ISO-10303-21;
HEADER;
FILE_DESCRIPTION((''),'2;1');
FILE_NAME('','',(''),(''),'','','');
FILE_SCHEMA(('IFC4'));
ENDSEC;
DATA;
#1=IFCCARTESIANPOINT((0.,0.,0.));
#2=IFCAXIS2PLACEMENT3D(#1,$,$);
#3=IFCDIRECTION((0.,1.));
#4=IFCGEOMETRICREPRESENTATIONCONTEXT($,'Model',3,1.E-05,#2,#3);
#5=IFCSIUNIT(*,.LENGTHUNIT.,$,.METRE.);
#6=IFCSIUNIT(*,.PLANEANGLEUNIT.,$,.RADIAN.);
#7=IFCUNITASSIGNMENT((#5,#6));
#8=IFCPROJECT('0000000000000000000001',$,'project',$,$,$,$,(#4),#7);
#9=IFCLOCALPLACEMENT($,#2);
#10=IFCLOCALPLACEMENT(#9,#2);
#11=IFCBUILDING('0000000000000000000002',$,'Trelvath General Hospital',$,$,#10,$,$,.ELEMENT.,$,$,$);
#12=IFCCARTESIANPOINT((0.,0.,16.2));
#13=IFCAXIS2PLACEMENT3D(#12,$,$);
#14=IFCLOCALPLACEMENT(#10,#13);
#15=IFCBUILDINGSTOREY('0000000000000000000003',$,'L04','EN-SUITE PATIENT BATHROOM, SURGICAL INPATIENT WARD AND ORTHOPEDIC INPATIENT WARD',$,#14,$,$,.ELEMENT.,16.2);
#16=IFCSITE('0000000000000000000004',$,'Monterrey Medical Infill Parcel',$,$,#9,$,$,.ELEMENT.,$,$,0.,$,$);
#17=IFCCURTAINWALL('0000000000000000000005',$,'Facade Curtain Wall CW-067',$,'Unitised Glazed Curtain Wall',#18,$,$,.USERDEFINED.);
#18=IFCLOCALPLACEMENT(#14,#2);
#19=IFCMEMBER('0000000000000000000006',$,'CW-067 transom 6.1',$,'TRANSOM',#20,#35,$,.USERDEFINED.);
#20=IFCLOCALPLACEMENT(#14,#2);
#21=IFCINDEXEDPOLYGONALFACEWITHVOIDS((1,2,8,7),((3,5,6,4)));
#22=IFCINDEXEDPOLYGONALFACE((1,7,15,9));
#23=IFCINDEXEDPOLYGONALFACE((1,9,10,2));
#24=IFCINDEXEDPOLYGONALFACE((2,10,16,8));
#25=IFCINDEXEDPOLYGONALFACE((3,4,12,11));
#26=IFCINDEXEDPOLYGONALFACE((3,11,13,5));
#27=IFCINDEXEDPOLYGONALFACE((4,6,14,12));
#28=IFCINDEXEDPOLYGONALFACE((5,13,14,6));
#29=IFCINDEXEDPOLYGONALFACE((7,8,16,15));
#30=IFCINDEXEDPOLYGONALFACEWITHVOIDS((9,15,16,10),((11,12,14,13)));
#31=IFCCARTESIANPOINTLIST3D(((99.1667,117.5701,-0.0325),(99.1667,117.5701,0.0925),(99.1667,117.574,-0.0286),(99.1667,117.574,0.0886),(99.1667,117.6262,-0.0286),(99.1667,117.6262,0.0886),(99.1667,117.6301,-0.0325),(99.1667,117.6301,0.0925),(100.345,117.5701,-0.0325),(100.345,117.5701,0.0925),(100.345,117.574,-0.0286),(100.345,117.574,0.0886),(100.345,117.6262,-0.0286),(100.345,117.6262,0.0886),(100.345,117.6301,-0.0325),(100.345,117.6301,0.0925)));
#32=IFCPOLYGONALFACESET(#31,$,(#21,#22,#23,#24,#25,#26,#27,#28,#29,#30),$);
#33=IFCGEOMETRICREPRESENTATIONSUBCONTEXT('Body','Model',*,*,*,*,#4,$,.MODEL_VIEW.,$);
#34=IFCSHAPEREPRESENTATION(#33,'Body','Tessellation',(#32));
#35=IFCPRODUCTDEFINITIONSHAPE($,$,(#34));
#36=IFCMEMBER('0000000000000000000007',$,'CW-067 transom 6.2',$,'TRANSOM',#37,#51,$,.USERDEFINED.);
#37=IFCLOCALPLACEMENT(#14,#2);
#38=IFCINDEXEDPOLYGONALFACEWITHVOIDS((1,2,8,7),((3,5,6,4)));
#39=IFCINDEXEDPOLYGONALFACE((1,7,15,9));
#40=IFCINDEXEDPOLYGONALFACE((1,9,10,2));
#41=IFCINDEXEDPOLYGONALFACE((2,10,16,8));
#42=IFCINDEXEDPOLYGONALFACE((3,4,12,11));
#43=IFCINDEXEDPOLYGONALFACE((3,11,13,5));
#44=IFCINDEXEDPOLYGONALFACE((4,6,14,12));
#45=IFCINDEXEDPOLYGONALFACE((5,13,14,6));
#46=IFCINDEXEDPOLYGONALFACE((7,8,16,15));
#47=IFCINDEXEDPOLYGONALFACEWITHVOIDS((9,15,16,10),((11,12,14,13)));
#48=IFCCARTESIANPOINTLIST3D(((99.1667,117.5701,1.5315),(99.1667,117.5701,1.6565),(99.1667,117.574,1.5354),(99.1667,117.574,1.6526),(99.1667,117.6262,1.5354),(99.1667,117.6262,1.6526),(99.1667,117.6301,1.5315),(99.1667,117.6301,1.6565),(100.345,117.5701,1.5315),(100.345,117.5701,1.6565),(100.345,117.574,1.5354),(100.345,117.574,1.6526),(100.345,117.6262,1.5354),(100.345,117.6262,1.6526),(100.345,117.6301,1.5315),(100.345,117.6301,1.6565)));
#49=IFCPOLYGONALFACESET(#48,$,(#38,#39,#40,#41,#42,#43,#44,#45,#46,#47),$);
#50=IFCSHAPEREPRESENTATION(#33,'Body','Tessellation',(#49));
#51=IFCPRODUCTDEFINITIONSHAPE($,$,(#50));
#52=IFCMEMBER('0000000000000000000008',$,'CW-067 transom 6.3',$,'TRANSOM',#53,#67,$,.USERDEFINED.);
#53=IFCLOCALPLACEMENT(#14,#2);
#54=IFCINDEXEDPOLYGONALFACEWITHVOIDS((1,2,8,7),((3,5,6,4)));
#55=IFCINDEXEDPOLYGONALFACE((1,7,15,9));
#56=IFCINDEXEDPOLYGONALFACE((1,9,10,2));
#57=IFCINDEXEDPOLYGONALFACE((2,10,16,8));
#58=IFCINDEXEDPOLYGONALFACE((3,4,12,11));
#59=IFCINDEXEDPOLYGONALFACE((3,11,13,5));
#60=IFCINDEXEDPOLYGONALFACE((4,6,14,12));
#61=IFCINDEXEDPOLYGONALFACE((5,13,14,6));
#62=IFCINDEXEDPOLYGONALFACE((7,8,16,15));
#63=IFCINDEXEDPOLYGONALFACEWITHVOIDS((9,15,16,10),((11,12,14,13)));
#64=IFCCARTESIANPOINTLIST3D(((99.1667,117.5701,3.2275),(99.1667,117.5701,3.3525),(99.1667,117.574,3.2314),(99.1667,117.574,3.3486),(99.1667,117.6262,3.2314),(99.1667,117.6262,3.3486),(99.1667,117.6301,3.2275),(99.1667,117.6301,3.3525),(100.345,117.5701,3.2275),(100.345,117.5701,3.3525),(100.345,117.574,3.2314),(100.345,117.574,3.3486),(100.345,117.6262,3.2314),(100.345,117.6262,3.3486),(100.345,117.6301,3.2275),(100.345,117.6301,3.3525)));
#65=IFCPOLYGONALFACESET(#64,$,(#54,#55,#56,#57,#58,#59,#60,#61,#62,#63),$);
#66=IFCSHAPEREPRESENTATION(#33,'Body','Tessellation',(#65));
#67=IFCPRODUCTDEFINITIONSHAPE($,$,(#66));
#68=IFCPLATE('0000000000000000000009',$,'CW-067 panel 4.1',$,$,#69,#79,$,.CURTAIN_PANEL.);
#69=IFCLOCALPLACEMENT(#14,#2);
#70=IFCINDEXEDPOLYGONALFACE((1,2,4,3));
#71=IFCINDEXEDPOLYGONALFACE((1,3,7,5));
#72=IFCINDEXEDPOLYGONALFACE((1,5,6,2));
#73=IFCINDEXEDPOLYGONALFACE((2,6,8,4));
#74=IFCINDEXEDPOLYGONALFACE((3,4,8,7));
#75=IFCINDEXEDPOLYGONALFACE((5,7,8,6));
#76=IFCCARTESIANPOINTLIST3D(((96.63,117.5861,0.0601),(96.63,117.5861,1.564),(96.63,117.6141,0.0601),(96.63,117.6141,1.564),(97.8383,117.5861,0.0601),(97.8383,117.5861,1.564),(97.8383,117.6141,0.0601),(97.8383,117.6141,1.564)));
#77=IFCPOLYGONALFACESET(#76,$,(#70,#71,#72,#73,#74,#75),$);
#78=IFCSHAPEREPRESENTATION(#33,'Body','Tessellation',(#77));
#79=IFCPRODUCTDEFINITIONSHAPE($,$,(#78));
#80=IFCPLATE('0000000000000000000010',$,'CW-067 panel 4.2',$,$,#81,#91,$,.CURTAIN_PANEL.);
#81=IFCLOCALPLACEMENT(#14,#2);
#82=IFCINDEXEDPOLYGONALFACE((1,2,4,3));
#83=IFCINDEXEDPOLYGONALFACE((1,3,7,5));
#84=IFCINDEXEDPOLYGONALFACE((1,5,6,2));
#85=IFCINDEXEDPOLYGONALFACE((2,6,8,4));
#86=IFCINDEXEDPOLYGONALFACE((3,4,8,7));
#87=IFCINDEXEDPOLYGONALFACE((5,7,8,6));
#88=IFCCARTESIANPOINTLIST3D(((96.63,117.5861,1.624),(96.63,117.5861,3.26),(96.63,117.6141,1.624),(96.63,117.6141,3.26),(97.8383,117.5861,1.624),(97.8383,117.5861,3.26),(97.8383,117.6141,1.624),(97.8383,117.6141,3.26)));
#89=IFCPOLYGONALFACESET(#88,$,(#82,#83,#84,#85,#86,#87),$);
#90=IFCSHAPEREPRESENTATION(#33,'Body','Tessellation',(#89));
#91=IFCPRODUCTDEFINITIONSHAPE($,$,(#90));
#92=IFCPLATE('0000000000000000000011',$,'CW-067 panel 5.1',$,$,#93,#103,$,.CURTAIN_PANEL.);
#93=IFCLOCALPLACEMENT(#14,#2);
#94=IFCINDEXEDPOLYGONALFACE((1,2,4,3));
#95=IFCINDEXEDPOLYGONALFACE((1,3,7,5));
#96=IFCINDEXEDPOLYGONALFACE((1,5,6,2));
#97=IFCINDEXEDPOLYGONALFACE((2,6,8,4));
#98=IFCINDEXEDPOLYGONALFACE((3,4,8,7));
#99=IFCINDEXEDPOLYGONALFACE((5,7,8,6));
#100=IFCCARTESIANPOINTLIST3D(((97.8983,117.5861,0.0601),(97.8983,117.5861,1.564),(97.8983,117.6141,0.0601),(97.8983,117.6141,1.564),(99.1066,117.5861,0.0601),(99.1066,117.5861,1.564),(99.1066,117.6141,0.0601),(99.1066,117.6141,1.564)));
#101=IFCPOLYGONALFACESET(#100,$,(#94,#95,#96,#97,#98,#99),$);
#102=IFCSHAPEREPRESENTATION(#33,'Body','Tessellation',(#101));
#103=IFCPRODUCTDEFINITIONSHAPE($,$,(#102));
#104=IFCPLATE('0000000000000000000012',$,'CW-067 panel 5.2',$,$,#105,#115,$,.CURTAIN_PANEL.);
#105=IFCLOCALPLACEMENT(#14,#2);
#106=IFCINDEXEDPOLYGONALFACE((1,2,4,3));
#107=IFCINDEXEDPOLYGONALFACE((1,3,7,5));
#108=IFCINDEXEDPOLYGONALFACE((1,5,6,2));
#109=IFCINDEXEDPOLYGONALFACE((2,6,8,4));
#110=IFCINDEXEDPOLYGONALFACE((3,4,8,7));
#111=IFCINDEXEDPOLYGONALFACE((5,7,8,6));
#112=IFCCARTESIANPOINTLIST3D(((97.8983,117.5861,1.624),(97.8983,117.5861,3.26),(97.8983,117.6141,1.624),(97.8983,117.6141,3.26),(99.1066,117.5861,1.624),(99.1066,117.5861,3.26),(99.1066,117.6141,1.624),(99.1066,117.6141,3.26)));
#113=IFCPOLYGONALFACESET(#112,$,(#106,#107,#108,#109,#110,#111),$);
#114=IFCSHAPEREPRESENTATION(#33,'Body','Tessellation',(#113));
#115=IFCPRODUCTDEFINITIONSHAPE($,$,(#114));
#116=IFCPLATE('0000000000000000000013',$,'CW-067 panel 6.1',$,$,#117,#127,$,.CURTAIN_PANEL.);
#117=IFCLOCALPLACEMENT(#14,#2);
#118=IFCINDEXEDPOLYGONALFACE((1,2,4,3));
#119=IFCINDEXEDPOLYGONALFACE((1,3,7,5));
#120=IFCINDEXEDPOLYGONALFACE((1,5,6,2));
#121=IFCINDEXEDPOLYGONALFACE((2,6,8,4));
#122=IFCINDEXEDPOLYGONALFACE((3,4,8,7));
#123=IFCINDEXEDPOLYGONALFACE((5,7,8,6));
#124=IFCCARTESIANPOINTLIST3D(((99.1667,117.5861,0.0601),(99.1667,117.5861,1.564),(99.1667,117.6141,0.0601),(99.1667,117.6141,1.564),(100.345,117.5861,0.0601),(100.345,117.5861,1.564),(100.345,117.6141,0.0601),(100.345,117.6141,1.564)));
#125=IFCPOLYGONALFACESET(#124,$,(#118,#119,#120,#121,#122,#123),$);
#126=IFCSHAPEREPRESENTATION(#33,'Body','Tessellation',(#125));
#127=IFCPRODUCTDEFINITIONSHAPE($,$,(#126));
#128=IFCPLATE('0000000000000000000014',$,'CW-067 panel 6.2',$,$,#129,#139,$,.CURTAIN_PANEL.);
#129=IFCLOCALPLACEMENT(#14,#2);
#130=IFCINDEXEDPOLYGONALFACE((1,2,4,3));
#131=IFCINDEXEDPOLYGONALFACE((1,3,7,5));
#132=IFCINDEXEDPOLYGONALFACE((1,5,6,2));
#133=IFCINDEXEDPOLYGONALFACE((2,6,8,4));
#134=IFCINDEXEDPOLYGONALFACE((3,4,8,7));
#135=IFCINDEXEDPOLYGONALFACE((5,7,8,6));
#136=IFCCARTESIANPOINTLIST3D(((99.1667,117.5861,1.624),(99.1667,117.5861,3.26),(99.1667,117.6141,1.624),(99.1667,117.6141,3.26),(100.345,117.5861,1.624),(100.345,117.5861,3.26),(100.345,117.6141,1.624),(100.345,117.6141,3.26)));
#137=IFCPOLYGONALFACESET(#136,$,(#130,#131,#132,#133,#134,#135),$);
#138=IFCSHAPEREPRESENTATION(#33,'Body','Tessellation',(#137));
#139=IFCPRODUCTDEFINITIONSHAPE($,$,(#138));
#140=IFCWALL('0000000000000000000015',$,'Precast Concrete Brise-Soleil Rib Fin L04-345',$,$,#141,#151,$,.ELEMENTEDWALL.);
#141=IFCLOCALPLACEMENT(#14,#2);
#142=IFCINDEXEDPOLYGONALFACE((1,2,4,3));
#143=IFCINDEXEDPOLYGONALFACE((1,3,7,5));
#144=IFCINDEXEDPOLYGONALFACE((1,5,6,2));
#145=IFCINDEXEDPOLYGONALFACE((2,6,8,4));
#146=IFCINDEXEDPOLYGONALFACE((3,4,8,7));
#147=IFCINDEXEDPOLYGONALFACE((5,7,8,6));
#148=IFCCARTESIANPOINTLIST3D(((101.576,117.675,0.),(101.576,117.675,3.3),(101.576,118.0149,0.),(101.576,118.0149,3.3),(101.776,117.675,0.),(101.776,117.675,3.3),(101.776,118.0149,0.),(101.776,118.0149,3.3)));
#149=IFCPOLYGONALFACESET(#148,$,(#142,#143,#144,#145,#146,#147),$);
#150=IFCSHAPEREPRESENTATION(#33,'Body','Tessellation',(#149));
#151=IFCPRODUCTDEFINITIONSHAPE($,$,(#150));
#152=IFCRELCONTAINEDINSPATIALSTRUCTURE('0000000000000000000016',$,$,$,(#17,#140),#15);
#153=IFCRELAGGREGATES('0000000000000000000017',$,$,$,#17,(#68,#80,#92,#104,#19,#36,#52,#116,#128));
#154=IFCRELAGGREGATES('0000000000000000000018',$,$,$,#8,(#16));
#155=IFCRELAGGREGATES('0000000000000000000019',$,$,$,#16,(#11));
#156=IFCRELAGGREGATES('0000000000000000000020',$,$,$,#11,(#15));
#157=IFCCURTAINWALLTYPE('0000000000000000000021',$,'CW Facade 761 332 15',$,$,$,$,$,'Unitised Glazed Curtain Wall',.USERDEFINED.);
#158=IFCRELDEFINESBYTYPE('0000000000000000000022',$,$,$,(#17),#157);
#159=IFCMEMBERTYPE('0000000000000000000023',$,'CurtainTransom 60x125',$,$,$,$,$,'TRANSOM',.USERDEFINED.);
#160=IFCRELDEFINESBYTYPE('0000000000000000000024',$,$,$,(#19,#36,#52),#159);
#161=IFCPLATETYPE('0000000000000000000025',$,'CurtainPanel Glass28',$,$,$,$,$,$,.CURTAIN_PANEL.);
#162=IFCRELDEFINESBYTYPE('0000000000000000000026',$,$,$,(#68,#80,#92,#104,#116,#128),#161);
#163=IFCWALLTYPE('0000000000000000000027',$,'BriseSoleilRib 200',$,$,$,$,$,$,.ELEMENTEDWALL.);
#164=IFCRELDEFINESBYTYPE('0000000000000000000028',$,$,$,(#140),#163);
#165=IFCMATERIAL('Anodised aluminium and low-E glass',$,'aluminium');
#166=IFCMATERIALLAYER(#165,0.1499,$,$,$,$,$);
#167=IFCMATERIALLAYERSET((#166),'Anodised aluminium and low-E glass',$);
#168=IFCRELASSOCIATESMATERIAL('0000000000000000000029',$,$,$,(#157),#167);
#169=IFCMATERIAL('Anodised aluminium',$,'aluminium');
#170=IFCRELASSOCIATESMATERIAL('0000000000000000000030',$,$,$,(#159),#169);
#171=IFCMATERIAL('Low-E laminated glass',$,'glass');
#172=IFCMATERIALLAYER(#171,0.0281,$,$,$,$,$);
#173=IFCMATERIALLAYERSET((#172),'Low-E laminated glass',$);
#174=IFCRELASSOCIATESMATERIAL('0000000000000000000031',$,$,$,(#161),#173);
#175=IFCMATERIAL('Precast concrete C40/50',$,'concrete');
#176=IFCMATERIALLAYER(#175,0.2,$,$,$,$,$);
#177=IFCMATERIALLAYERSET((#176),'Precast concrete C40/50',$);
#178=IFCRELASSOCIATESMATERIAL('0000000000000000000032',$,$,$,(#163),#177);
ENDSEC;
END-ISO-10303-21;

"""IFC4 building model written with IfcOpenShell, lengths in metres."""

from ifc_helpers import new_model, si_unit, direction, frame, frame_2d, origin, origin_2d, place, context, subcontext, project, spatial, rectangle, hollow_rectangle, extrude, material, layer, layer_set, material_profile, profile_set, type_object, element, aggregate, save


model = new_model("IFC4")

# Units and contexts
model_context = context("Model", 3, precision=1e-05, world=origin(), true_north=direction((0.0, 1.0)))
body_context = subcontext(model_context, "Body", "Model", "MODEL_VIEW")
ifc_project = project(units=[si_unit("LENGTHUNIT", "METRE"), si_unit("PLANEANGLEUNIT", "RADIAN")], contexts=[model_context])

# Site, building, storey
site_placement = place(None, origin())
site = spatial("IfcSite", under=ifc_project, at=site_placement, Name="Monterrey Medical Infill Parcel", CompositionType="ELEMENT", RefElevation=0.0)
building_placement = place(site_placement, origin())
building = spatial("IfcBuilding", under=site, at=building_placement, Name="Trelvath General Hospital", CompositionType="ELEMENT")
storey_placement = place(building_placement, frame((0.0, 0.0, 16.2)))
storey = spatial("IfcBuildingStorey", under=building, at=storey_placement, Name="L04", Description="EN-SUITE PATIENT BATHROOM, SURGICAL INPATIENT WARD AND ORTHOPEDIC INPATIENT WARD", CompositionType="ELEMENT", Elevation=16.2)

# Curtain wall, members, plates
ifc_material_1 = material(Name="Anodised aluminium and low-E glass", Category="aluminium")
ifc_layer_1 = layer(ifc_material_1, 0.1499)
ifc_layer_set_1 = layer_set([ifc_layer_1], Name="Anodised aluminium and low-E glass")
curtain_wall_type = type_object("IfcCurtainWallType", Name="CW Facade 761 332 15", ElementType="Unitised Glazed Curtain Wall", PredefinedType="USERDEFINED", material=ifc_layer_set_1)
curtain_wall_placement = place(storey_placement, origin())
curtain_wall = element("IfcCurtainWall", 1, at=curtain_wall_placement, inside=storey, type_object=curtain_wall_type, Name="Facade Curtain Wall CW-067", ObjectType="Unitised Glazed Curtain Wall", PredefinedType="USERDEFINED")
ifc_material_2 = material(Name="Anodised aluminium", Category="aluminium")
ifc_material_profile_1 = material_profile(ifc_material_2, hollow_rectangle(XDim=0.0601, YDim=0.125, WallThickness=0.0039, at=origin_2d()), Name="RHS60x125x4")
ifc_profile_set_1 = profile_set([ifc_material_profile_1], Name="Anodised aluminium")
member_type_1 = type_object("IfcMemberType", Name="CurtainTransom 60x125", ElementType="TRANSOM", PredefinedType="USERDEFINED", material=ifc_profile_set_1)
member_1_placement = place(storey_placement, frame((99.1667, 117.6001, 0.03), z_axis=(1.0, 0.0, 0.0), x_axis=(0.0, 1.0, 0.0)))
member_1 = element("IfcMember", 2, at=member_1_placement, type_object=member_type_1, Name="CW-067 transom 6.1", ObjectType="TRANSOM", PredefinedType="USERDEFINED", context=body_context, shape_type="SweptSolid", body=[
    extrude(hollow_rectangle(XDim=0.0601, YDim=0.125, WallThickness=0.0039, at=origin_2d()), origin(), (0.0, 0.0, 1.0), 1.1782),
])
member_2_placement = place(storey_placement, frame((99.1667, 117.6001, 1.594), z_axis=(1.0, 0.0, 0.0), x_axis=(0.0, 1.0, 0.0)))
member_2 = element("IfcMember", 3, at=member_2_placement, type_object=member_type_1, Name="CW-067 transom 6.2", ObjectType="TRANSOM", PredefinedType="USERDEFINED", context=body_context, shape_type="SweptSolid", body=[
    extrude(hollow_rectangle(XDim=0.0601, YDim=0.125, WallThickness=0.0039, at=origin_2d()), origin(), (0.0, 0.0, 1.0), 1.1782),
])
member_3_placement = place(storey_placement, frame((99.1667, 117.6001, 3.29), z_axis=(1.0, 0.0, 0.0), x_axis=(0.0, 1.0, 0.0)))
member_3 = element("IfcMember", 4, at=member_3_placement, type_object=member_type_1, Name="CW-067 transom 6.3", ObjectType="TRANSOM", PredefinedType="USERDEFINED", context=body_context, shape_type="SweptSolid", body=[
    extrude(hollow_rectangle(XDim=0.0601, YDim=0.125, WallThickness=0.0039, at=origin_2d()), origin(), (0.0, 0.0, 1.0), 1.1782),
])
ifc_material_3 = material(Name="Low-E laminated glass", Category="glass")
ifc_layer_2 = layer(ifc_material_3, 0.0281)
ifc_layer_set_2 = layer_set([ifc_layer_2], Name="Low-E laminated glass")
plate_type = type_object("IfcPlateType", Name="CurtainPanel Glass28", PredefinedType="CURTAIN_PANEL", material=ifc_layer_set_2)
plate_1_placement = place(storey_placement, frame((97.2341, 117.6001, 0.0601), z_axis=(0.0, 0.0, 1.0), x_axis=(1.0, 0.0, 0.0)))
plate_1 = element("IfcPlate", 5, at=plate_1_placement, type_object=plate_type, Name="CW-067 panel 4.1", PredefinedType="CURTAIN_PANEL", context=body_context, shape_type="SweptSolid", body=[
    extrude(rectangle(XDim=1.2083, YDim=0.0281, at=origin_2d()), origin(), (0.0, 0.0, 1.0), 1.5039),
])
plate_2_placement = place(storey_placement, frame((97.2341, 117.6001, 1.624), z_axis=(0.0, 0.0, 1.0), x_axis=(1.0, 0.0, 0.0)))
plate_2 = element("IfcPlate", 6, at=plate_2_placement, type_object=plate_type, Name="CW-067 panel 4.2", PredefinedType="CURTAIN_PANEL", context=body_context, shape_type="SweptSolid", body=[
    extrude(rectangle(XDim=1.2083, YDim=0.0281, at=origin_2d()), origin(), (0.0, 0.0, 1.0), 1.636),
])
plate_3_placement = place(storey_placement, frame((98.5024, 117.6001, 0.0601), z_axis=(0.0, 0.0, 1.0), x_axis=(1.0, 0.0, 0.0)))
plate_3 = element("IfcPlate", 7, at=plate_3_placement, type_object=plate_type, Name="CW-067 panel 5.1", PredefinedType="CURTAIN_PANEL", context=body_context, shape_type="SweptSolid", body=[
    extrude(rectangle(XDim=1.2083, YDim=0.0281, at=origin_2d()), origin(), (0.0, 0.0, 1.0), 1.5039),
])
plate_4_placement = place(storey_placement, frame((98.5024, 117.6001, 1.624), z_axis=(0.0, 0.0, 1.0), x_axis=(1.0, 0.0, 0.0)))
plate_4 = element("IfcPlate", 8, at=plate_4_placement, type_object=plate_type, Name="CW-067 panel 5.2", PredefinedType="CURTAIN_PANEL", context=body_context, shape_type="SweptSolid", body=[
    extrude(rectangle(XDim=1.2083, YDim=0.0281, at=origin_2d()), origin(), (0.0, 0.0, 1.0), 1.636),
])
plate_5_placement = place(storey_placement, frame((99.7559, 117.6001, 0.0601), z_axis=(0.0, 0.0, 1.0), x_axis=(1.0, 0.0, 0.0)))
plate_5 = element("IfcPlate", 9, at=plate_5_placement, type_object=plate_type, Name="CW-067 panel 6.1", PredefinedType="CURTAIN_PANEL", context=body_context, shape_type="SweptSolid", body=[
    extrude(rectangle(XDim=1.1782, YDim=0.0281, at=origin_2d()), origin(), (0.0, 0.0, 1.0), 1.5039),
])
plate_6_placement = place(storey_placement, frame((99.7559, 117.6001, 1.624), z_axis=(0.0, 0.0, 1.0), x_axis=(1.0, 0.0, 0.0)))
plate_6 = element("IfcPlate", 10, at=plate_6_placement, type_object=plate_type, Name="CW-067 panel 6.2", PredefinedType="CURTAIN_PANEL", context=body_context, shape_type="SweptSolid", body=[
    extrude(rectangle(XDim=1.1782, YDim=0.0281, at=origin_2d()), origin(), (0.0, 0.0, 1.0), 1.636),
])
aggregate(curtain_wall, [plate_1, plate_2, plate_3, plate_4, member_1, member_2, member_3, plate_5, plate_6])

# Wall
ifc_material_4 = material(Name="Precast concrete C40/50", Category="concrete")
ifc_layer_3 = layer(ifc_material_4, 0.2)
ifc_layer_set_3 = layer_set([ifc_layer_3], Name="Precast concrete C40/50")
wall_type_1 = type_object("IfcWallType", Name="BriseSoleilRib 200", PredefinedType="ELEMENTEDWALL", material=ifc_layer_set_3)
wall_1_placement = place(storey_placement, frame((101.676, 117.675, 0.0), z_axis=(0.0, 0.0, 1.0), x_axis=(0.0, 1.0, 0.0)))
element("IfcWall", 11, at=wall_1_placement, inside=storey, type_object=wall_type_1, Name="Precast Concrete Brise-Soleil Rib Fin L04-345", PredefinedType="ELEMENTEDWALL", context=body_context, shape_type="SweptSolid", body=[
    extrude(rectangle(XDim=0.3398, YDim=0.2, at=frame_2d((0.1699, 0.0))), origin(), (0.0, 0.0, 1.0), 3.3),
])

save(model, "model.ifc")
